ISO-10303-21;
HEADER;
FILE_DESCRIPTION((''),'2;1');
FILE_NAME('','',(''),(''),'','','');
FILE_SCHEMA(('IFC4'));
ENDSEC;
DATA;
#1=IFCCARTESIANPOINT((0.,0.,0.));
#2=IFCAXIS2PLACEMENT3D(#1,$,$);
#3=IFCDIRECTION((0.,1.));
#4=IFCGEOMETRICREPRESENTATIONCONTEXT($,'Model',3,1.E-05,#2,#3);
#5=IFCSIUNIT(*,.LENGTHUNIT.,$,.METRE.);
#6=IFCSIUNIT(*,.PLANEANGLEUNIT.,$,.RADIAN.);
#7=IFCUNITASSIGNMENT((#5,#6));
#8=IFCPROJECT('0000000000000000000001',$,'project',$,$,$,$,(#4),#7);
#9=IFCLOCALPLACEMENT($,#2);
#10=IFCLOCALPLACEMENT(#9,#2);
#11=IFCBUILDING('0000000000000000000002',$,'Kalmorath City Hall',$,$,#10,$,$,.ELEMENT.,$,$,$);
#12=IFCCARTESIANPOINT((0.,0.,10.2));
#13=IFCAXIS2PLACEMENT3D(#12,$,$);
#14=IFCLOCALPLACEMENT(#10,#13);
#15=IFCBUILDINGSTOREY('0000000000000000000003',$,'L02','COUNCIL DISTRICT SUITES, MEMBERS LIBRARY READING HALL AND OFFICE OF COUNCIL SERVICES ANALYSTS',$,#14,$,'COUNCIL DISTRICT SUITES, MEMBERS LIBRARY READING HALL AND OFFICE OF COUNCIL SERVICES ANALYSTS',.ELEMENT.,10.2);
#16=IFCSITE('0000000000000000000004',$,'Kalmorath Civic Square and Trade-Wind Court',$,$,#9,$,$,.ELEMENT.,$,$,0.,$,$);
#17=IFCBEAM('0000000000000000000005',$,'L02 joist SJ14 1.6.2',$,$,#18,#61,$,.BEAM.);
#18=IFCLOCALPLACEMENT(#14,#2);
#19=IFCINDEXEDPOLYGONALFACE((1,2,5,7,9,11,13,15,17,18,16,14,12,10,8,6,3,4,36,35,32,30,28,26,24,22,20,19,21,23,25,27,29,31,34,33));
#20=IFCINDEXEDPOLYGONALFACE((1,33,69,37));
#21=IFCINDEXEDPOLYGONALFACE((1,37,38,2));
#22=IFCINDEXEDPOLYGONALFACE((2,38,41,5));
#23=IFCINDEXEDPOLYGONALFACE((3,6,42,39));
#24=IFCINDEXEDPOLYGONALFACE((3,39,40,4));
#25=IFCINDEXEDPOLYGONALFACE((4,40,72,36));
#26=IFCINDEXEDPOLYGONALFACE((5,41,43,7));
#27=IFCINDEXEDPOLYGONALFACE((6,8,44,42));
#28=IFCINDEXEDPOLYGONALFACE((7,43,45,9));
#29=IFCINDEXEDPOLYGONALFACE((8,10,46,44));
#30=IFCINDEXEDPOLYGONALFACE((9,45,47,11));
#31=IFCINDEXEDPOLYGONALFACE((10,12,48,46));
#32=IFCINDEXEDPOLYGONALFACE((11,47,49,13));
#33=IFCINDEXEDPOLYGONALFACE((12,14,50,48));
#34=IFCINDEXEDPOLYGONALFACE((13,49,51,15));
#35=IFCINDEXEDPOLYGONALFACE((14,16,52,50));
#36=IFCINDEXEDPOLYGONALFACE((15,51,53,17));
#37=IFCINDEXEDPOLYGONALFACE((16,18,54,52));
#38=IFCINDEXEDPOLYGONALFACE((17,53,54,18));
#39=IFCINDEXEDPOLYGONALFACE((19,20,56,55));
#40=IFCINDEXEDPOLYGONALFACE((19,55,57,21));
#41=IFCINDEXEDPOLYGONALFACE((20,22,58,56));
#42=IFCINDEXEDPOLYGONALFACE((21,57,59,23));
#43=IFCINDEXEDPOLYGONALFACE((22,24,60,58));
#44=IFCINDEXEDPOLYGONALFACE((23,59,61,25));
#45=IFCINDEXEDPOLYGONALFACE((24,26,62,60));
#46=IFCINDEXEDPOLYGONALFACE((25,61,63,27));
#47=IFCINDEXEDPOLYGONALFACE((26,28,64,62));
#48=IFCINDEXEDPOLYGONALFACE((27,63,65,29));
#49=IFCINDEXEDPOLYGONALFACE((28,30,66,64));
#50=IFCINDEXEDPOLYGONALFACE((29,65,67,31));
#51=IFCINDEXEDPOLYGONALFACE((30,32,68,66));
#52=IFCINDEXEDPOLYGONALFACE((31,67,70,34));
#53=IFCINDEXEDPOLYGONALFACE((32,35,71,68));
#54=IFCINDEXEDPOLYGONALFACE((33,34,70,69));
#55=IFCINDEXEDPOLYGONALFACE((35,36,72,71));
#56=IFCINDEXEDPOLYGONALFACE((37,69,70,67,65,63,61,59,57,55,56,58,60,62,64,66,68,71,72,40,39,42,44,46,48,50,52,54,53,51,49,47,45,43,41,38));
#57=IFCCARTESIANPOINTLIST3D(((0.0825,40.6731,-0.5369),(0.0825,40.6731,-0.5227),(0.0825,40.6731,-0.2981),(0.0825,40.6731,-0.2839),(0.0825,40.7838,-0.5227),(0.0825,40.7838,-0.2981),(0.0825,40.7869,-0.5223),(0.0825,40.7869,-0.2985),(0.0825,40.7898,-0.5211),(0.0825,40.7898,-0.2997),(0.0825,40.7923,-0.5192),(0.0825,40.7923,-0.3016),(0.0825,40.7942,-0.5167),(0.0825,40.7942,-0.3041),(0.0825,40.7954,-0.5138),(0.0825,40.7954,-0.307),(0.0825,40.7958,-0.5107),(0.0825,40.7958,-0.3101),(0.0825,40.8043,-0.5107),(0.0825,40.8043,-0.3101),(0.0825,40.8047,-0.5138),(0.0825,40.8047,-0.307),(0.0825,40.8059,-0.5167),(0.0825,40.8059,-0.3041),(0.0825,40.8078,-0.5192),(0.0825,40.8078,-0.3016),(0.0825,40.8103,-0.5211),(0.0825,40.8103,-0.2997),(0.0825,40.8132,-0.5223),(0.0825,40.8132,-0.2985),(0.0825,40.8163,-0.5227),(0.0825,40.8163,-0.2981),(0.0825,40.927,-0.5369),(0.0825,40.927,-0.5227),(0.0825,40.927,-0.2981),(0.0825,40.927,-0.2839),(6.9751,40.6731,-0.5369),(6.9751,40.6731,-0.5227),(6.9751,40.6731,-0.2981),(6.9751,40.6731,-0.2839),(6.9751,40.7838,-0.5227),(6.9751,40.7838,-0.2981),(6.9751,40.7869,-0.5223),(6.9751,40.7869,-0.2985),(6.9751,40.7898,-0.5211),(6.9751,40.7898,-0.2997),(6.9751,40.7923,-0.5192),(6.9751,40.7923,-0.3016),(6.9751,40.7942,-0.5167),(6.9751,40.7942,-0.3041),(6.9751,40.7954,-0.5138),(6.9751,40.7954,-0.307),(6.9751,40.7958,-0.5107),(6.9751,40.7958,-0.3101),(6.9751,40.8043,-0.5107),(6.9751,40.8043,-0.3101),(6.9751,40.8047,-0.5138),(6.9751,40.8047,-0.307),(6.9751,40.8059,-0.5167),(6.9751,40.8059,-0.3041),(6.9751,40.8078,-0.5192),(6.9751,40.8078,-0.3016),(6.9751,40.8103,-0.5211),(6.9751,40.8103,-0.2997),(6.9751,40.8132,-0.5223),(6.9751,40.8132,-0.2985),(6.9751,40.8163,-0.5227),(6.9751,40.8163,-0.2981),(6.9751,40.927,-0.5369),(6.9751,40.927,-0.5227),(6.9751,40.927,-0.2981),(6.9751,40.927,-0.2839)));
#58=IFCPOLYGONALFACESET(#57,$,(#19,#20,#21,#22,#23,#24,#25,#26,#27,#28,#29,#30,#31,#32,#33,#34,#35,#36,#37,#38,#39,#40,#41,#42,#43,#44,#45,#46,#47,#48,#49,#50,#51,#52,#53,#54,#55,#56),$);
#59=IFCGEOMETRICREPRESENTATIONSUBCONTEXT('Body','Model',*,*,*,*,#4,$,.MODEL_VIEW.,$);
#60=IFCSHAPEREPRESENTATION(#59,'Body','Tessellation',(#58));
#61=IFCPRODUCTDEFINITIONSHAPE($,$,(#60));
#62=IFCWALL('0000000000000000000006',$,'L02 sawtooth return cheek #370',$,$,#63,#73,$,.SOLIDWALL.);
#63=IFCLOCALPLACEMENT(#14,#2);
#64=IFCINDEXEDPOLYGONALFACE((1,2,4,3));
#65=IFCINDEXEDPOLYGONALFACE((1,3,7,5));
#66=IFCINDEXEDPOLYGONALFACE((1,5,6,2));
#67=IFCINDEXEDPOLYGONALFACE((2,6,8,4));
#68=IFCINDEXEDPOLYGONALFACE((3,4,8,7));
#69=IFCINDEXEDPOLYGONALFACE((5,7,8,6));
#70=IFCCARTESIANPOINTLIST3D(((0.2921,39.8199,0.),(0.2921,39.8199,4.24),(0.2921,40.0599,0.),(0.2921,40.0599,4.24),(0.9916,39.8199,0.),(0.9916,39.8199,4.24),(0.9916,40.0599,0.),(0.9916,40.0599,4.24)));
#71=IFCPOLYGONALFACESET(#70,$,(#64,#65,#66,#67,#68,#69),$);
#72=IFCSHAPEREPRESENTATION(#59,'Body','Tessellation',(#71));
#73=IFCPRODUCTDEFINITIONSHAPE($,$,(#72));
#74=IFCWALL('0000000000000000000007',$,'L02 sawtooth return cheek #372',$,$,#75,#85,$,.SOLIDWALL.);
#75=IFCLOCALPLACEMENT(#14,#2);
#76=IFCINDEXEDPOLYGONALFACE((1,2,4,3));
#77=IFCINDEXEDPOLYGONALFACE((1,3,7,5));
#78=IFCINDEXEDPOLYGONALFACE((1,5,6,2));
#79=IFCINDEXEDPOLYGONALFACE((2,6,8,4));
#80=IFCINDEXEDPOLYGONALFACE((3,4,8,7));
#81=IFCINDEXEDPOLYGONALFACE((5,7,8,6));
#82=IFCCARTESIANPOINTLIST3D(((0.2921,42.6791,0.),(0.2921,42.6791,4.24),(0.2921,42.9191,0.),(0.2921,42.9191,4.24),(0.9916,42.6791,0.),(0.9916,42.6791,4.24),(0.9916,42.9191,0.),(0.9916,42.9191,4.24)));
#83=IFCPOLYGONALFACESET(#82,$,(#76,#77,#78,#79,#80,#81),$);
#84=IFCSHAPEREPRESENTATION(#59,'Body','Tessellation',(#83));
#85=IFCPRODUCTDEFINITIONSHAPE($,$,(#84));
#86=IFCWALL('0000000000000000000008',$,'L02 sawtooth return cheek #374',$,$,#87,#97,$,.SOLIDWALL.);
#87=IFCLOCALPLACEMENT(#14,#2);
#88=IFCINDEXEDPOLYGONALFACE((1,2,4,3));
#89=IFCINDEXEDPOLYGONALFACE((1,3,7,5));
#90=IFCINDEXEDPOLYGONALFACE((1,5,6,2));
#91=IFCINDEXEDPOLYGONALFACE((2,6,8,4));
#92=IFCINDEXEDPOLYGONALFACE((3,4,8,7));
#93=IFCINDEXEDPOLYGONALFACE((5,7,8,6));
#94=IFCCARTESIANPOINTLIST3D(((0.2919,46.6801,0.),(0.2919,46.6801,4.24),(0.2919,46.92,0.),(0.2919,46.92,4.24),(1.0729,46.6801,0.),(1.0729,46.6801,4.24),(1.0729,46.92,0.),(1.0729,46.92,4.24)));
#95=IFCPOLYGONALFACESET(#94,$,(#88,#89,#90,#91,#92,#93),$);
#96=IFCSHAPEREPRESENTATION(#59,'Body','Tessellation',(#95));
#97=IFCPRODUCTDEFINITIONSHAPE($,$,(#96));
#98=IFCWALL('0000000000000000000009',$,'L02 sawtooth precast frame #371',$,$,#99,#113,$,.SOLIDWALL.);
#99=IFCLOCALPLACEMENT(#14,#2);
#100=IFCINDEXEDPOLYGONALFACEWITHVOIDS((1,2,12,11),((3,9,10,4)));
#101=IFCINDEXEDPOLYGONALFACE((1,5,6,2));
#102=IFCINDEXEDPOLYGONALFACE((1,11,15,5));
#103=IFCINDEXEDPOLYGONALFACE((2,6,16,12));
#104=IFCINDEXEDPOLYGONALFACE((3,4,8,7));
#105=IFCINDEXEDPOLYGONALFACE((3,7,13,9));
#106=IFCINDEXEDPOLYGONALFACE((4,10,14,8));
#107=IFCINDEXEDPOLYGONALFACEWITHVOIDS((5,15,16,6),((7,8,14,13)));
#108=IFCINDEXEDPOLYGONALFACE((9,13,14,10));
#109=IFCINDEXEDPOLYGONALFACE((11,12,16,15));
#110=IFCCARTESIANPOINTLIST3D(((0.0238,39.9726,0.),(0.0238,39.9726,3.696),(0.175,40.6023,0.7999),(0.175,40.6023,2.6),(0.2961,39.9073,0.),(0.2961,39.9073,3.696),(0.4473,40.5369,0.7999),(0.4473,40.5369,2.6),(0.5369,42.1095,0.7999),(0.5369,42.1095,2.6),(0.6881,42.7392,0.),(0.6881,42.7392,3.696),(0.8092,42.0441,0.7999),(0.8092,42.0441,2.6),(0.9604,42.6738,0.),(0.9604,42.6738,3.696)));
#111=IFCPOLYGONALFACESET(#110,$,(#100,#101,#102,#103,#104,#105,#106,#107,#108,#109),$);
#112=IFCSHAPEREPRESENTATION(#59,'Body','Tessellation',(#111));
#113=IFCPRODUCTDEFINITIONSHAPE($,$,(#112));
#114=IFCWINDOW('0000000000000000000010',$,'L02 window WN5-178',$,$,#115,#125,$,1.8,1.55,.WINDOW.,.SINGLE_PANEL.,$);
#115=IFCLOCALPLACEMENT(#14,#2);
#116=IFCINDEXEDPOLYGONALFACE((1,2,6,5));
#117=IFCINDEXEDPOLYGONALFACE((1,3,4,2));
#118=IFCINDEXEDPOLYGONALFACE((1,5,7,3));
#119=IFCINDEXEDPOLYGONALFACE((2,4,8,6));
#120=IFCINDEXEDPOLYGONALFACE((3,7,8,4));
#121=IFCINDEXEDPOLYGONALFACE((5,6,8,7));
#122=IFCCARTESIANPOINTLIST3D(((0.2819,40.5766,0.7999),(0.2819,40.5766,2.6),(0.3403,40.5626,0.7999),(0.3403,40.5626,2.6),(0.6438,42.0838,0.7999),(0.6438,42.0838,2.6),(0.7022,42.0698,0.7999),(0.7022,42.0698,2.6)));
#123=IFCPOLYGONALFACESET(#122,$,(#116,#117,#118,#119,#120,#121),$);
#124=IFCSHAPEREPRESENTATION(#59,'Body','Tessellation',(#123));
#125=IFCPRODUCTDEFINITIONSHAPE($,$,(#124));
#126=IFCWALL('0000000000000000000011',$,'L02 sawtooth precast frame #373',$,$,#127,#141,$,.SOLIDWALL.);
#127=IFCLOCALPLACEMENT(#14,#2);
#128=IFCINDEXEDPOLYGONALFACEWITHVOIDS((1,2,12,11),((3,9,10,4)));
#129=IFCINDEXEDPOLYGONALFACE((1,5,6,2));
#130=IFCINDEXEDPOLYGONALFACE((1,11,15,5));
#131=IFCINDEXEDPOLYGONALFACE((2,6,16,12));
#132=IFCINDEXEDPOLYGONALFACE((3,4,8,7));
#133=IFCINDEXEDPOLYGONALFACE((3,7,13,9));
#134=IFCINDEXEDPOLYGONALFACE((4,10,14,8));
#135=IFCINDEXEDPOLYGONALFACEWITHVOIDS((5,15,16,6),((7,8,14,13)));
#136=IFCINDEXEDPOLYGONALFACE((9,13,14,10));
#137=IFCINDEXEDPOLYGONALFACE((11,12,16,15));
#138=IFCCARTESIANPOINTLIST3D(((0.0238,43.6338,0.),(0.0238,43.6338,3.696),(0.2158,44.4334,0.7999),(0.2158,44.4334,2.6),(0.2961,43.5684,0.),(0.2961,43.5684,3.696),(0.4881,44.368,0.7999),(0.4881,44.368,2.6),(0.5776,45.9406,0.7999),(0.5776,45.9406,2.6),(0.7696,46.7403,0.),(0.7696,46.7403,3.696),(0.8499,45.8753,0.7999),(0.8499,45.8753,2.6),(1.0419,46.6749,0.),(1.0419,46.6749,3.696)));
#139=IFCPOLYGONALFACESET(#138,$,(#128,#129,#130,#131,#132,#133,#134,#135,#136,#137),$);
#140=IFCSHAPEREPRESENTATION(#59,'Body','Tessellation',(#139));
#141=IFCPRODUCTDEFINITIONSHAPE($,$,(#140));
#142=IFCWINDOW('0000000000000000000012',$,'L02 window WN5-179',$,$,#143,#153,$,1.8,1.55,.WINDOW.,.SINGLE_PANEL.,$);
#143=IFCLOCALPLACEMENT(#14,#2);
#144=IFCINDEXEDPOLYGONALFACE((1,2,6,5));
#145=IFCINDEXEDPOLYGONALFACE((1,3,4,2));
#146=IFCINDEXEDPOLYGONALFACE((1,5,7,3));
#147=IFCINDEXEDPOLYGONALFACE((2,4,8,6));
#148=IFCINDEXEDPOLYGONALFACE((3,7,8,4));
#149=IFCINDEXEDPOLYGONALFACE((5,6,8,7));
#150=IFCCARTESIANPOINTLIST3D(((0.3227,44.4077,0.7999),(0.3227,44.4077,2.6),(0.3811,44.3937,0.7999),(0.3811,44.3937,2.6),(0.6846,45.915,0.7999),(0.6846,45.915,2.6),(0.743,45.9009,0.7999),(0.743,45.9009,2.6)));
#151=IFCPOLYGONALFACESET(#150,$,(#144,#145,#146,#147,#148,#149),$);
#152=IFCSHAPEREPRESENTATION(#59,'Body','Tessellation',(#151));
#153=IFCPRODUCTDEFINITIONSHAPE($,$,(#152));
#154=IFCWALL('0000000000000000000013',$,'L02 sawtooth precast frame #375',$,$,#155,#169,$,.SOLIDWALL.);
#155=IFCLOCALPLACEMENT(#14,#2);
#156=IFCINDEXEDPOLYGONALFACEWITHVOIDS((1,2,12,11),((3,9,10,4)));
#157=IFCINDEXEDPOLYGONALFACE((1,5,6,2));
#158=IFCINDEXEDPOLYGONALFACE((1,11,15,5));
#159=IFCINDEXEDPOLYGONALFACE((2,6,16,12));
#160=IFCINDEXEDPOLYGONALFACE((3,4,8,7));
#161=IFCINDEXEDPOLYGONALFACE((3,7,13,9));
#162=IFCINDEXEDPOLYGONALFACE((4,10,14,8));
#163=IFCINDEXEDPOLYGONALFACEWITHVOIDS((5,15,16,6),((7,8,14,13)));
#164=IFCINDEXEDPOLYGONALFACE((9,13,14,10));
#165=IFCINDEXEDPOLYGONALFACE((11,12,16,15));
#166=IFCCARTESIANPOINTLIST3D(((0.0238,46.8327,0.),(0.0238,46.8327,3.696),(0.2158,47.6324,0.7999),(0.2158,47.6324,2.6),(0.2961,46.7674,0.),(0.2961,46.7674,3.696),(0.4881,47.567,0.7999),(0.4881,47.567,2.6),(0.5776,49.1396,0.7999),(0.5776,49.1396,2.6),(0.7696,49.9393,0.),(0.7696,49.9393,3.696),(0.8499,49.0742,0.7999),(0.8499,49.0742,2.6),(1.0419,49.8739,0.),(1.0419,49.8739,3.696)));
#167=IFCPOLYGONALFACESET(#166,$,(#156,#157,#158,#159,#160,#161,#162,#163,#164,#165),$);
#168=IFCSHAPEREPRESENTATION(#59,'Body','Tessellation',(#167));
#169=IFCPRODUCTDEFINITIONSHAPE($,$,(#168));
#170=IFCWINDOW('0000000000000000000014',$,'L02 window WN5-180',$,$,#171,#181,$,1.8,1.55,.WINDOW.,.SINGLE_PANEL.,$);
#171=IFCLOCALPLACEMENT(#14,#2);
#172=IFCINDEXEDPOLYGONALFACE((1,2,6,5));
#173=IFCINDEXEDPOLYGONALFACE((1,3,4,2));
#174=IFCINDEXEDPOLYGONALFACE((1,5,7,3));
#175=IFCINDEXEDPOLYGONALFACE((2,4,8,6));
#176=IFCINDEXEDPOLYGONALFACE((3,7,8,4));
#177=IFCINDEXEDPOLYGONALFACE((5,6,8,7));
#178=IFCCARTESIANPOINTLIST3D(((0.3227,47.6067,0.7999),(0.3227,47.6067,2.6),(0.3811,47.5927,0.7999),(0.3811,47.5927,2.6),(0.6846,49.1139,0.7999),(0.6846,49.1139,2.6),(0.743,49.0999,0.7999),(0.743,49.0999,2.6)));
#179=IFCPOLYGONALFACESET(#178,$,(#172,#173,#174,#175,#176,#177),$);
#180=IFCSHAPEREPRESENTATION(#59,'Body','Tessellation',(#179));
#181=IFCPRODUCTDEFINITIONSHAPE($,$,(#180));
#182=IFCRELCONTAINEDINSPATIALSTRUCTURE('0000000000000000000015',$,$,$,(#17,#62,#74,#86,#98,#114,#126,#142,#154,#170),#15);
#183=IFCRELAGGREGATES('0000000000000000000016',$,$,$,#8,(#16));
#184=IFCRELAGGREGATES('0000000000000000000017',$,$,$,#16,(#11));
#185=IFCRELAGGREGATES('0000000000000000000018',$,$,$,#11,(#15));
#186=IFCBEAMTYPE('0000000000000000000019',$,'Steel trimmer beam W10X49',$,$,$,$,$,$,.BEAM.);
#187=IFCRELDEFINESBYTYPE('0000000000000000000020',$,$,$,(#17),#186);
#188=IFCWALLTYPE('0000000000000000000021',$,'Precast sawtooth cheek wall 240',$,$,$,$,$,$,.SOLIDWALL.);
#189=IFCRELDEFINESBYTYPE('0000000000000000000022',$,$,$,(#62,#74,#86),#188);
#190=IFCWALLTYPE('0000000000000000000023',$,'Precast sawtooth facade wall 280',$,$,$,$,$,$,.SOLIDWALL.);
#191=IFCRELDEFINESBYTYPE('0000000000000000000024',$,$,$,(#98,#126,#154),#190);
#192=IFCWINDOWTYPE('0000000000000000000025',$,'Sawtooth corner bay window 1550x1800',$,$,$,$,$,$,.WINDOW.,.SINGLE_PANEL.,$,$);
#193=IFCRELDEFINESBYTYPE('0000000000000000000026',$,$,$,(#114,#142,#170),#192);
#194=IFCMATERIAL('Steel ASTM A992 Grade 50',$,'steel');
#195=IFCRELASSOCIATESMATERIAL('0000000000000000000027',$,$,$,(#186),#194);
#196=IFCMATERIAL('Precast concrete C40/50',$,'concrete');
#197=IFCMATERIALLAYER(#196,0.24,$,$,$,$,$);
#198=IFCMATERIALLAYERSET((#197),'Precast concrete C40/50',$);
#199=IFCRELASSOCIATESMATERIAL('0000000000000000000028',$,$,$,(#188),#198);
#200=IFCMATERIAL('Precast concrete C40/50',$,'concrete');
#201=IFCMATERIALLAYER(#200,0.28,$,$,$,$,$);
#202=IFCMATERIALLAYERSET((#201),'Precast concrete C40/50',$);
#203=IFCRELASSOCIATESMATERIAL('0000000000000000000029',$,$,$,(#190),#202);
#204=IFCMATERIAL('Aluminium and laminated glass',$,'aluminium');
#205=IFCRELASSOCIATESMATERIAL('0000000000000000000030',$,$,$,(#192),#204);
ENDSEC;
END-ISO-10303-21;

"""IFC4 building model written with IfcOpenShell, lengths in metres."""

from ifc_helpers import new_model, si_unit, direction, frame, frame_2d, origin, origin_2d, place, context, subcontext, project, spatial, rectangle, i_section, extrude, material, layer, layer_set, material_profile, profile_set, type_object, element, fill, save


model = new_model("IFC4")

# Units and contexts
model_context = context("Model", 3, precision=1e-05, world=origin(), true_north=direction((0.0, 1.0)))
body_context = subcontext(model_context, "Body", "Model", "MODEL_VIEW")
ifc_project = project(units=[si_unit("LENGTHUNIT", "METRE"), si_unit("PLANEANGLEUNIT", "RADIAN")], contexts=[model_context])

# Site, building, storey
site_placement = place(None, origin())
site = spatial("IfcSite", under=ifc_project, at=site_placement, Name="Kalmorath Civic Square and Trade-Wind Court", CompositionType="ELEMENT", RefElevation=0.0)
building_placement = place(site_placement, origin())
building = spatial("IfcBuilding", under=site, at=building_placement, Name="Kalmorath City Hall", CompositionType="ELEMENT")
storey_placement = place(building_placement, frame((0.0, 0.0, 10.2)))
storey = spatial("IfcBuildingStorey", under=building, at=storey_placement, Name="L02", Description="COUNCIL DISTRICT SUITES, MEMBERS LIBRARY READING HALL AND OFFICE OF COUNCIL SERVICES ANALYSTS", LongName="COUNCIL DISTRICT SUITES, MEMBERS LIBRARY READING HALL AND OFFICE OF COUNCIL SERVICES ANALYSTS", CompositionType="ELEMENT", Elevation=10.2)

# Beam
ifc_material_1 = material(Name="Steel ASTM A992 Grade 50", Category="steel")
ifc_material_profile_1 = material_profile(ifc_material_1, i_section(OverallWidth=0.2539, OverallDepth=0.2529, WebThickness=0.0085, FlangeThickness=0.0142, FilletRadius=0.012, at=origin_2d()), Name="W10X49")
ifc_profile_set_1 = profile_set([ifc_material_profile_1], Name="Steel ASTM A992 Grade 50")
beam_type_1 = type_object("IfcBeamType", Name="Steel trimmer beam W10X49", PredefinedType="BEAM", material=ifc_profile_set_1)
beam_1_placement = place(storey_placement, frame((0.0825, 40.8, -0.4104), z_axis=(1.0, 0.0, 0.0), x_axis=(0.0, 1.0, 0.0)))
element("IfcBeam", 1, at=beam_1_placement, inside=storey, type_object=beam_type_1, Name="L02 joist SJ14 1.6.2", PredefinedType="BEAM", context=body_context, shape_type="SweptSolid", body=[
    extrude(i_section(OverallWidth=0.2539, OverallDepth=0.2529, WebThickness=0.0085, FlangeThickness=0.0142, FilletRadius=0.012, at=origin_2d()), origin(), (0.0, 0.0, 1.0), 6.8926),
])

# Walls
ifc_material_2 = material(Name="Precast concrete C40/50", Category="concrete")
ifc_layer_1 = layer(ifc_material_2, 0.24)
ifc_layer_set_1 = layer_set([ifc_layer_1], Name="Precast concrete C40/50")
wall_type_1 = type_object("IfcWallType", Name="Precast sawtooth cheek wall 240", PredefinedType="SOLIDWALL", material=ifc_layer_set_1)
for number, where, z_axis, x_axis, name in (
    (2, (0.9915, 39.9399, 0.0), (0.0, 0.0, 1.0), (-1.0, 0.0, 0.0), "L02 sawtooth return cheek #370"),
    (3, (0.9915, 42.7991, 0.0), (0.0, 0.0, 1.0), (-1.0, 0.0, 0.0), "L02 sawtooth return cheek #372"),
):
    element("IfcWall", number, at=place(storey_placement, frame(where, z_axis=z_axis, x_axis=x_axis)), inside=storey, type_object=wall_type_1, Name=name, PredefinedType="SOLIDWALL", context=body_context, shape_type="SweptSolid", body=[
        extrude(rectangle(XDim=0.6995, YDim=0.24, at=frame_2d((0.3496, 0.0))), origin(), (0.0, 0.0, 1.0), 4.24),
    ])
wall_1_placement = place(storey_placement, frame((1.073, 46.8, 0.0), z_axis=(0.0, 0.0, 1.0), x_axis=(-1.0, 0.0, 0.0)))
element("IfcWall", 4, at=wall_1_placement, inside=storey, type_object=wall_type_1, Name="L02 sawtooth return cheek #374", PredefinedType="SOLIDWALL", context=body_context, shape_type="SweptSolid", body=[
    extrude(rectangle(XDim=0.781, YDim=0.24, at=frame_2d((0.3906, 0.0))), origin(), (0.0, 0.0, 1.0), 4.24),
])

# Walls, openings, windows
ifc_material_3 = material(Name="Precast concrete C40/50", Category="concrete")
ifc_layer_2 = layer(ifc_material_3, 0.28)
ifc_layer_set_2 = layer_set([ifc_layer_2], Name="Precast concrete C40/50")
wall_type_2 = type_object("IfcWallType", Name="Precast sawtooth facade wall 280", PredefinedType="SOLIDWALL", material=ifc_layer_set_2)
wall_2_placement = place(storey_placement, frame((0.1599, 39.9399, 0.0), z_axis=(0.0, 0.0, 1.0), x_axis=(0.23348, 0.972362, 0.0)))
wall_2 = element("IfcWall", 5, at=wall_2_placement, inside=storey, type_object=wall_type_2, Name="L02 sawtooth precast frame #371", PredefinedType="SOLIDWALL", context=body_context, shape_type="SweptSolid", body=[
    extrude(rectangle(XDim=2.8452, YDim=0.28, at=frame_2d((1.4226, 0.0))), origin(), (0.0, 0.0, 1.0), 3.696),
])
opening_1_placement = place(wall_2_placement, frame((0.6477, 0.0, 0.8)))
opening_1 = element("IfcOpeningElement", 6, at=opening_1_placement, cuts=wall_2, PredefinedType="OPENING", context=body_context, shape_type="SweptSolid", body=[
    extrude(rectangle(XDim=1.55, YDim=1.8, at=frame_2d((0.7749, 0.8999))), frame((0.0, 0.1499, 0.0), z_axis=(0.0, -1.0, 0.0), x_axis=(1.0, 0.0, 0.0)), (0.0, 0.0, 1.0), 0.3),
])
ifc_material_4 = material(Name="Aluminium and laminated glass", Category="aluminium")
window_type = type_object("IfcWindowType", Name="Sawtooth corner bay window 1550x1800", PartitioningType="SINGLE_PANEL", PredefinedType="WINDOW", material=ifc_material_4)
window_1_placement = place(opening_1_placement, origin())
window_1 = element("IfcWindow", 7, at=window_1_placement, inside=storey, type_object=window_type, Name="L02 window WN5-178", OverallHeight=1.8, OverallWidth=1.55, PartitioningType="SINGLE_PANEL", PredefinedType="WINDOW", context=body_context, shape_type="SweptSolid", body=[
    extrude(rectangle(XDim=1.55, YDim=1.8, at=frame_2d((0.7749, 0.8999))), frame((0.0, 0.03, 0.0), z_axis=(0.0, -1.0, 0.0), x_axis=(1.0, 0.0, 0.0)), (0.0, 0.0, 1.0), 0.0601),
])
fill(opening_1, window_1)
wall_3_placement = place(storey_placement, frame((0.1599, 43.6011, 0.0), z_axis=(0.0, 0.0, 1.0), x_axis=(0.233463, 0.972366, 0.0)))
wall_3 = element("IfcWall", 8, at=wall_3_placement, inside=storey, type_object=wall_type_2, Name="L02 sawtooth precast frame #373", PredefinedType="SOLIDWALL", context=body_context, shape_type="SweptSolid", body=[
    extrude(rectangle(XDim=3.1948, YDim=0.28, at=frame_2d((1.5974, 0.0))), origin(), (0.0, 0.0, 1.0), 3.696),
])
opening_2_placement = place(wall_3_placement, frame((0.8225, 0.0, 0.8)))
opening_2 = element("IfcOpeningElement", 9, at=opening_2_placement, cuts=wall_3, PredefinedType="OPENING", context=body_context, shape_type="SweptSolid", body=[
    extrude(rectangle(XDim=1.55, YDim=1.8, at=frame_2d((0.7749, 0.8999))), frame((0.0, 0.1499, 0.0), z_axis=(0.0, -1.0, 0.0), x_axis=(1.0, 0.0, 0.0)), (0.0, 0.0, 1.0), 0.3),
])
window_2_placement = place(opening_2_placement, origin())
window_2 = element("IfcWindow", 10, at=window_2_placement, inside=storey, type_object=window_type, Name="L02 window WN5-179", OverallHeight=1.8, OverallWidth=1.55, PartitioningType="SINGLE_PANEL", PredefinedType="WINDOW", context=body_context, shape_type="SweptSolid", body=[
    extrude(rectangle(XDim=1.55, YDim=1.8, at=frame_2d((0.7749, 0.8999))), frame((0.0, 0.03, 0.0), z_axis=(0.0, -1.0, 0.0), x_axis=(1.0, 0.0, 0.0)), (0.0, 0.0, 1.0), 0.0601),
])
fill(opening_2, window_2)
wall_4_placement = place(storey_placement, frame((0.1599, 46.8, 0.0), z_axis=(0.0, 0.0, 1.0), x_axis=(0.233463, 0.972366, 0.0)))
wall_4 = element("IfcWall", 11, at=wall_4_placement, inside=storey, type_object=wall_type_2, Name="L02 sawtooth precast frame #375", PredefinedType="SOLIDWALL", context=body_context, shape_type="SweptSolid", body=[
    extrude(rectangle(XDim=3.1948, YDim=0.28, at=frame_2d((1.5974, 0.0))), origin(), (0.0, 0.0, 1.0), 3.696),
])
opening_3_placement = place(wall_4_placement, frame((0.8225, 0.0, 0.8)))
opening_3 = element("IfcOpeningElement", 12, at=opening_3_placement, cuts=wall_4, PredefinedType="OPENING", context=body_context, shape_type="SweptSolid", body=[
    extrude(rectangle(XDim=1.55, YDim=1.8, at=frame_2d((0.7749, 0.8999))), frame((0.0, 0.1499, 0.0), z_axis=(0.0, -1.0, 0.0), x_axis=(1.0, 0.0, 0.0)), (0.0, 0.0, 1.0), 0.3),
])
window_3_placement = place(opening_3_placement, origin())
window_3 = element("IfcWindow", 13, at=window_3_placement, inside=storey, type_object=window_type, Name="L02 window WN5-180", OverallHeight=1.8, OverallWidth=1.55, PartitioningType="SINGLE_PANEL", PredefinedType="WINDOW", context=body_context, shape_type="SweptSolid", body=[
    extrude(rectangle(XDim=1.55, YDim=1.8, at=frame_2d((0.7749, 0.8999))), frame((0.0, 0.03, 0.0), z_axis=(0.0, -1.0, 0.0), x_axis=(1.0, 0.0, 0.0)), (0.0, 0.0, 1.0), 0.0601),
])
fill(opening_3, window_3)

save(model, "model.ifc")
